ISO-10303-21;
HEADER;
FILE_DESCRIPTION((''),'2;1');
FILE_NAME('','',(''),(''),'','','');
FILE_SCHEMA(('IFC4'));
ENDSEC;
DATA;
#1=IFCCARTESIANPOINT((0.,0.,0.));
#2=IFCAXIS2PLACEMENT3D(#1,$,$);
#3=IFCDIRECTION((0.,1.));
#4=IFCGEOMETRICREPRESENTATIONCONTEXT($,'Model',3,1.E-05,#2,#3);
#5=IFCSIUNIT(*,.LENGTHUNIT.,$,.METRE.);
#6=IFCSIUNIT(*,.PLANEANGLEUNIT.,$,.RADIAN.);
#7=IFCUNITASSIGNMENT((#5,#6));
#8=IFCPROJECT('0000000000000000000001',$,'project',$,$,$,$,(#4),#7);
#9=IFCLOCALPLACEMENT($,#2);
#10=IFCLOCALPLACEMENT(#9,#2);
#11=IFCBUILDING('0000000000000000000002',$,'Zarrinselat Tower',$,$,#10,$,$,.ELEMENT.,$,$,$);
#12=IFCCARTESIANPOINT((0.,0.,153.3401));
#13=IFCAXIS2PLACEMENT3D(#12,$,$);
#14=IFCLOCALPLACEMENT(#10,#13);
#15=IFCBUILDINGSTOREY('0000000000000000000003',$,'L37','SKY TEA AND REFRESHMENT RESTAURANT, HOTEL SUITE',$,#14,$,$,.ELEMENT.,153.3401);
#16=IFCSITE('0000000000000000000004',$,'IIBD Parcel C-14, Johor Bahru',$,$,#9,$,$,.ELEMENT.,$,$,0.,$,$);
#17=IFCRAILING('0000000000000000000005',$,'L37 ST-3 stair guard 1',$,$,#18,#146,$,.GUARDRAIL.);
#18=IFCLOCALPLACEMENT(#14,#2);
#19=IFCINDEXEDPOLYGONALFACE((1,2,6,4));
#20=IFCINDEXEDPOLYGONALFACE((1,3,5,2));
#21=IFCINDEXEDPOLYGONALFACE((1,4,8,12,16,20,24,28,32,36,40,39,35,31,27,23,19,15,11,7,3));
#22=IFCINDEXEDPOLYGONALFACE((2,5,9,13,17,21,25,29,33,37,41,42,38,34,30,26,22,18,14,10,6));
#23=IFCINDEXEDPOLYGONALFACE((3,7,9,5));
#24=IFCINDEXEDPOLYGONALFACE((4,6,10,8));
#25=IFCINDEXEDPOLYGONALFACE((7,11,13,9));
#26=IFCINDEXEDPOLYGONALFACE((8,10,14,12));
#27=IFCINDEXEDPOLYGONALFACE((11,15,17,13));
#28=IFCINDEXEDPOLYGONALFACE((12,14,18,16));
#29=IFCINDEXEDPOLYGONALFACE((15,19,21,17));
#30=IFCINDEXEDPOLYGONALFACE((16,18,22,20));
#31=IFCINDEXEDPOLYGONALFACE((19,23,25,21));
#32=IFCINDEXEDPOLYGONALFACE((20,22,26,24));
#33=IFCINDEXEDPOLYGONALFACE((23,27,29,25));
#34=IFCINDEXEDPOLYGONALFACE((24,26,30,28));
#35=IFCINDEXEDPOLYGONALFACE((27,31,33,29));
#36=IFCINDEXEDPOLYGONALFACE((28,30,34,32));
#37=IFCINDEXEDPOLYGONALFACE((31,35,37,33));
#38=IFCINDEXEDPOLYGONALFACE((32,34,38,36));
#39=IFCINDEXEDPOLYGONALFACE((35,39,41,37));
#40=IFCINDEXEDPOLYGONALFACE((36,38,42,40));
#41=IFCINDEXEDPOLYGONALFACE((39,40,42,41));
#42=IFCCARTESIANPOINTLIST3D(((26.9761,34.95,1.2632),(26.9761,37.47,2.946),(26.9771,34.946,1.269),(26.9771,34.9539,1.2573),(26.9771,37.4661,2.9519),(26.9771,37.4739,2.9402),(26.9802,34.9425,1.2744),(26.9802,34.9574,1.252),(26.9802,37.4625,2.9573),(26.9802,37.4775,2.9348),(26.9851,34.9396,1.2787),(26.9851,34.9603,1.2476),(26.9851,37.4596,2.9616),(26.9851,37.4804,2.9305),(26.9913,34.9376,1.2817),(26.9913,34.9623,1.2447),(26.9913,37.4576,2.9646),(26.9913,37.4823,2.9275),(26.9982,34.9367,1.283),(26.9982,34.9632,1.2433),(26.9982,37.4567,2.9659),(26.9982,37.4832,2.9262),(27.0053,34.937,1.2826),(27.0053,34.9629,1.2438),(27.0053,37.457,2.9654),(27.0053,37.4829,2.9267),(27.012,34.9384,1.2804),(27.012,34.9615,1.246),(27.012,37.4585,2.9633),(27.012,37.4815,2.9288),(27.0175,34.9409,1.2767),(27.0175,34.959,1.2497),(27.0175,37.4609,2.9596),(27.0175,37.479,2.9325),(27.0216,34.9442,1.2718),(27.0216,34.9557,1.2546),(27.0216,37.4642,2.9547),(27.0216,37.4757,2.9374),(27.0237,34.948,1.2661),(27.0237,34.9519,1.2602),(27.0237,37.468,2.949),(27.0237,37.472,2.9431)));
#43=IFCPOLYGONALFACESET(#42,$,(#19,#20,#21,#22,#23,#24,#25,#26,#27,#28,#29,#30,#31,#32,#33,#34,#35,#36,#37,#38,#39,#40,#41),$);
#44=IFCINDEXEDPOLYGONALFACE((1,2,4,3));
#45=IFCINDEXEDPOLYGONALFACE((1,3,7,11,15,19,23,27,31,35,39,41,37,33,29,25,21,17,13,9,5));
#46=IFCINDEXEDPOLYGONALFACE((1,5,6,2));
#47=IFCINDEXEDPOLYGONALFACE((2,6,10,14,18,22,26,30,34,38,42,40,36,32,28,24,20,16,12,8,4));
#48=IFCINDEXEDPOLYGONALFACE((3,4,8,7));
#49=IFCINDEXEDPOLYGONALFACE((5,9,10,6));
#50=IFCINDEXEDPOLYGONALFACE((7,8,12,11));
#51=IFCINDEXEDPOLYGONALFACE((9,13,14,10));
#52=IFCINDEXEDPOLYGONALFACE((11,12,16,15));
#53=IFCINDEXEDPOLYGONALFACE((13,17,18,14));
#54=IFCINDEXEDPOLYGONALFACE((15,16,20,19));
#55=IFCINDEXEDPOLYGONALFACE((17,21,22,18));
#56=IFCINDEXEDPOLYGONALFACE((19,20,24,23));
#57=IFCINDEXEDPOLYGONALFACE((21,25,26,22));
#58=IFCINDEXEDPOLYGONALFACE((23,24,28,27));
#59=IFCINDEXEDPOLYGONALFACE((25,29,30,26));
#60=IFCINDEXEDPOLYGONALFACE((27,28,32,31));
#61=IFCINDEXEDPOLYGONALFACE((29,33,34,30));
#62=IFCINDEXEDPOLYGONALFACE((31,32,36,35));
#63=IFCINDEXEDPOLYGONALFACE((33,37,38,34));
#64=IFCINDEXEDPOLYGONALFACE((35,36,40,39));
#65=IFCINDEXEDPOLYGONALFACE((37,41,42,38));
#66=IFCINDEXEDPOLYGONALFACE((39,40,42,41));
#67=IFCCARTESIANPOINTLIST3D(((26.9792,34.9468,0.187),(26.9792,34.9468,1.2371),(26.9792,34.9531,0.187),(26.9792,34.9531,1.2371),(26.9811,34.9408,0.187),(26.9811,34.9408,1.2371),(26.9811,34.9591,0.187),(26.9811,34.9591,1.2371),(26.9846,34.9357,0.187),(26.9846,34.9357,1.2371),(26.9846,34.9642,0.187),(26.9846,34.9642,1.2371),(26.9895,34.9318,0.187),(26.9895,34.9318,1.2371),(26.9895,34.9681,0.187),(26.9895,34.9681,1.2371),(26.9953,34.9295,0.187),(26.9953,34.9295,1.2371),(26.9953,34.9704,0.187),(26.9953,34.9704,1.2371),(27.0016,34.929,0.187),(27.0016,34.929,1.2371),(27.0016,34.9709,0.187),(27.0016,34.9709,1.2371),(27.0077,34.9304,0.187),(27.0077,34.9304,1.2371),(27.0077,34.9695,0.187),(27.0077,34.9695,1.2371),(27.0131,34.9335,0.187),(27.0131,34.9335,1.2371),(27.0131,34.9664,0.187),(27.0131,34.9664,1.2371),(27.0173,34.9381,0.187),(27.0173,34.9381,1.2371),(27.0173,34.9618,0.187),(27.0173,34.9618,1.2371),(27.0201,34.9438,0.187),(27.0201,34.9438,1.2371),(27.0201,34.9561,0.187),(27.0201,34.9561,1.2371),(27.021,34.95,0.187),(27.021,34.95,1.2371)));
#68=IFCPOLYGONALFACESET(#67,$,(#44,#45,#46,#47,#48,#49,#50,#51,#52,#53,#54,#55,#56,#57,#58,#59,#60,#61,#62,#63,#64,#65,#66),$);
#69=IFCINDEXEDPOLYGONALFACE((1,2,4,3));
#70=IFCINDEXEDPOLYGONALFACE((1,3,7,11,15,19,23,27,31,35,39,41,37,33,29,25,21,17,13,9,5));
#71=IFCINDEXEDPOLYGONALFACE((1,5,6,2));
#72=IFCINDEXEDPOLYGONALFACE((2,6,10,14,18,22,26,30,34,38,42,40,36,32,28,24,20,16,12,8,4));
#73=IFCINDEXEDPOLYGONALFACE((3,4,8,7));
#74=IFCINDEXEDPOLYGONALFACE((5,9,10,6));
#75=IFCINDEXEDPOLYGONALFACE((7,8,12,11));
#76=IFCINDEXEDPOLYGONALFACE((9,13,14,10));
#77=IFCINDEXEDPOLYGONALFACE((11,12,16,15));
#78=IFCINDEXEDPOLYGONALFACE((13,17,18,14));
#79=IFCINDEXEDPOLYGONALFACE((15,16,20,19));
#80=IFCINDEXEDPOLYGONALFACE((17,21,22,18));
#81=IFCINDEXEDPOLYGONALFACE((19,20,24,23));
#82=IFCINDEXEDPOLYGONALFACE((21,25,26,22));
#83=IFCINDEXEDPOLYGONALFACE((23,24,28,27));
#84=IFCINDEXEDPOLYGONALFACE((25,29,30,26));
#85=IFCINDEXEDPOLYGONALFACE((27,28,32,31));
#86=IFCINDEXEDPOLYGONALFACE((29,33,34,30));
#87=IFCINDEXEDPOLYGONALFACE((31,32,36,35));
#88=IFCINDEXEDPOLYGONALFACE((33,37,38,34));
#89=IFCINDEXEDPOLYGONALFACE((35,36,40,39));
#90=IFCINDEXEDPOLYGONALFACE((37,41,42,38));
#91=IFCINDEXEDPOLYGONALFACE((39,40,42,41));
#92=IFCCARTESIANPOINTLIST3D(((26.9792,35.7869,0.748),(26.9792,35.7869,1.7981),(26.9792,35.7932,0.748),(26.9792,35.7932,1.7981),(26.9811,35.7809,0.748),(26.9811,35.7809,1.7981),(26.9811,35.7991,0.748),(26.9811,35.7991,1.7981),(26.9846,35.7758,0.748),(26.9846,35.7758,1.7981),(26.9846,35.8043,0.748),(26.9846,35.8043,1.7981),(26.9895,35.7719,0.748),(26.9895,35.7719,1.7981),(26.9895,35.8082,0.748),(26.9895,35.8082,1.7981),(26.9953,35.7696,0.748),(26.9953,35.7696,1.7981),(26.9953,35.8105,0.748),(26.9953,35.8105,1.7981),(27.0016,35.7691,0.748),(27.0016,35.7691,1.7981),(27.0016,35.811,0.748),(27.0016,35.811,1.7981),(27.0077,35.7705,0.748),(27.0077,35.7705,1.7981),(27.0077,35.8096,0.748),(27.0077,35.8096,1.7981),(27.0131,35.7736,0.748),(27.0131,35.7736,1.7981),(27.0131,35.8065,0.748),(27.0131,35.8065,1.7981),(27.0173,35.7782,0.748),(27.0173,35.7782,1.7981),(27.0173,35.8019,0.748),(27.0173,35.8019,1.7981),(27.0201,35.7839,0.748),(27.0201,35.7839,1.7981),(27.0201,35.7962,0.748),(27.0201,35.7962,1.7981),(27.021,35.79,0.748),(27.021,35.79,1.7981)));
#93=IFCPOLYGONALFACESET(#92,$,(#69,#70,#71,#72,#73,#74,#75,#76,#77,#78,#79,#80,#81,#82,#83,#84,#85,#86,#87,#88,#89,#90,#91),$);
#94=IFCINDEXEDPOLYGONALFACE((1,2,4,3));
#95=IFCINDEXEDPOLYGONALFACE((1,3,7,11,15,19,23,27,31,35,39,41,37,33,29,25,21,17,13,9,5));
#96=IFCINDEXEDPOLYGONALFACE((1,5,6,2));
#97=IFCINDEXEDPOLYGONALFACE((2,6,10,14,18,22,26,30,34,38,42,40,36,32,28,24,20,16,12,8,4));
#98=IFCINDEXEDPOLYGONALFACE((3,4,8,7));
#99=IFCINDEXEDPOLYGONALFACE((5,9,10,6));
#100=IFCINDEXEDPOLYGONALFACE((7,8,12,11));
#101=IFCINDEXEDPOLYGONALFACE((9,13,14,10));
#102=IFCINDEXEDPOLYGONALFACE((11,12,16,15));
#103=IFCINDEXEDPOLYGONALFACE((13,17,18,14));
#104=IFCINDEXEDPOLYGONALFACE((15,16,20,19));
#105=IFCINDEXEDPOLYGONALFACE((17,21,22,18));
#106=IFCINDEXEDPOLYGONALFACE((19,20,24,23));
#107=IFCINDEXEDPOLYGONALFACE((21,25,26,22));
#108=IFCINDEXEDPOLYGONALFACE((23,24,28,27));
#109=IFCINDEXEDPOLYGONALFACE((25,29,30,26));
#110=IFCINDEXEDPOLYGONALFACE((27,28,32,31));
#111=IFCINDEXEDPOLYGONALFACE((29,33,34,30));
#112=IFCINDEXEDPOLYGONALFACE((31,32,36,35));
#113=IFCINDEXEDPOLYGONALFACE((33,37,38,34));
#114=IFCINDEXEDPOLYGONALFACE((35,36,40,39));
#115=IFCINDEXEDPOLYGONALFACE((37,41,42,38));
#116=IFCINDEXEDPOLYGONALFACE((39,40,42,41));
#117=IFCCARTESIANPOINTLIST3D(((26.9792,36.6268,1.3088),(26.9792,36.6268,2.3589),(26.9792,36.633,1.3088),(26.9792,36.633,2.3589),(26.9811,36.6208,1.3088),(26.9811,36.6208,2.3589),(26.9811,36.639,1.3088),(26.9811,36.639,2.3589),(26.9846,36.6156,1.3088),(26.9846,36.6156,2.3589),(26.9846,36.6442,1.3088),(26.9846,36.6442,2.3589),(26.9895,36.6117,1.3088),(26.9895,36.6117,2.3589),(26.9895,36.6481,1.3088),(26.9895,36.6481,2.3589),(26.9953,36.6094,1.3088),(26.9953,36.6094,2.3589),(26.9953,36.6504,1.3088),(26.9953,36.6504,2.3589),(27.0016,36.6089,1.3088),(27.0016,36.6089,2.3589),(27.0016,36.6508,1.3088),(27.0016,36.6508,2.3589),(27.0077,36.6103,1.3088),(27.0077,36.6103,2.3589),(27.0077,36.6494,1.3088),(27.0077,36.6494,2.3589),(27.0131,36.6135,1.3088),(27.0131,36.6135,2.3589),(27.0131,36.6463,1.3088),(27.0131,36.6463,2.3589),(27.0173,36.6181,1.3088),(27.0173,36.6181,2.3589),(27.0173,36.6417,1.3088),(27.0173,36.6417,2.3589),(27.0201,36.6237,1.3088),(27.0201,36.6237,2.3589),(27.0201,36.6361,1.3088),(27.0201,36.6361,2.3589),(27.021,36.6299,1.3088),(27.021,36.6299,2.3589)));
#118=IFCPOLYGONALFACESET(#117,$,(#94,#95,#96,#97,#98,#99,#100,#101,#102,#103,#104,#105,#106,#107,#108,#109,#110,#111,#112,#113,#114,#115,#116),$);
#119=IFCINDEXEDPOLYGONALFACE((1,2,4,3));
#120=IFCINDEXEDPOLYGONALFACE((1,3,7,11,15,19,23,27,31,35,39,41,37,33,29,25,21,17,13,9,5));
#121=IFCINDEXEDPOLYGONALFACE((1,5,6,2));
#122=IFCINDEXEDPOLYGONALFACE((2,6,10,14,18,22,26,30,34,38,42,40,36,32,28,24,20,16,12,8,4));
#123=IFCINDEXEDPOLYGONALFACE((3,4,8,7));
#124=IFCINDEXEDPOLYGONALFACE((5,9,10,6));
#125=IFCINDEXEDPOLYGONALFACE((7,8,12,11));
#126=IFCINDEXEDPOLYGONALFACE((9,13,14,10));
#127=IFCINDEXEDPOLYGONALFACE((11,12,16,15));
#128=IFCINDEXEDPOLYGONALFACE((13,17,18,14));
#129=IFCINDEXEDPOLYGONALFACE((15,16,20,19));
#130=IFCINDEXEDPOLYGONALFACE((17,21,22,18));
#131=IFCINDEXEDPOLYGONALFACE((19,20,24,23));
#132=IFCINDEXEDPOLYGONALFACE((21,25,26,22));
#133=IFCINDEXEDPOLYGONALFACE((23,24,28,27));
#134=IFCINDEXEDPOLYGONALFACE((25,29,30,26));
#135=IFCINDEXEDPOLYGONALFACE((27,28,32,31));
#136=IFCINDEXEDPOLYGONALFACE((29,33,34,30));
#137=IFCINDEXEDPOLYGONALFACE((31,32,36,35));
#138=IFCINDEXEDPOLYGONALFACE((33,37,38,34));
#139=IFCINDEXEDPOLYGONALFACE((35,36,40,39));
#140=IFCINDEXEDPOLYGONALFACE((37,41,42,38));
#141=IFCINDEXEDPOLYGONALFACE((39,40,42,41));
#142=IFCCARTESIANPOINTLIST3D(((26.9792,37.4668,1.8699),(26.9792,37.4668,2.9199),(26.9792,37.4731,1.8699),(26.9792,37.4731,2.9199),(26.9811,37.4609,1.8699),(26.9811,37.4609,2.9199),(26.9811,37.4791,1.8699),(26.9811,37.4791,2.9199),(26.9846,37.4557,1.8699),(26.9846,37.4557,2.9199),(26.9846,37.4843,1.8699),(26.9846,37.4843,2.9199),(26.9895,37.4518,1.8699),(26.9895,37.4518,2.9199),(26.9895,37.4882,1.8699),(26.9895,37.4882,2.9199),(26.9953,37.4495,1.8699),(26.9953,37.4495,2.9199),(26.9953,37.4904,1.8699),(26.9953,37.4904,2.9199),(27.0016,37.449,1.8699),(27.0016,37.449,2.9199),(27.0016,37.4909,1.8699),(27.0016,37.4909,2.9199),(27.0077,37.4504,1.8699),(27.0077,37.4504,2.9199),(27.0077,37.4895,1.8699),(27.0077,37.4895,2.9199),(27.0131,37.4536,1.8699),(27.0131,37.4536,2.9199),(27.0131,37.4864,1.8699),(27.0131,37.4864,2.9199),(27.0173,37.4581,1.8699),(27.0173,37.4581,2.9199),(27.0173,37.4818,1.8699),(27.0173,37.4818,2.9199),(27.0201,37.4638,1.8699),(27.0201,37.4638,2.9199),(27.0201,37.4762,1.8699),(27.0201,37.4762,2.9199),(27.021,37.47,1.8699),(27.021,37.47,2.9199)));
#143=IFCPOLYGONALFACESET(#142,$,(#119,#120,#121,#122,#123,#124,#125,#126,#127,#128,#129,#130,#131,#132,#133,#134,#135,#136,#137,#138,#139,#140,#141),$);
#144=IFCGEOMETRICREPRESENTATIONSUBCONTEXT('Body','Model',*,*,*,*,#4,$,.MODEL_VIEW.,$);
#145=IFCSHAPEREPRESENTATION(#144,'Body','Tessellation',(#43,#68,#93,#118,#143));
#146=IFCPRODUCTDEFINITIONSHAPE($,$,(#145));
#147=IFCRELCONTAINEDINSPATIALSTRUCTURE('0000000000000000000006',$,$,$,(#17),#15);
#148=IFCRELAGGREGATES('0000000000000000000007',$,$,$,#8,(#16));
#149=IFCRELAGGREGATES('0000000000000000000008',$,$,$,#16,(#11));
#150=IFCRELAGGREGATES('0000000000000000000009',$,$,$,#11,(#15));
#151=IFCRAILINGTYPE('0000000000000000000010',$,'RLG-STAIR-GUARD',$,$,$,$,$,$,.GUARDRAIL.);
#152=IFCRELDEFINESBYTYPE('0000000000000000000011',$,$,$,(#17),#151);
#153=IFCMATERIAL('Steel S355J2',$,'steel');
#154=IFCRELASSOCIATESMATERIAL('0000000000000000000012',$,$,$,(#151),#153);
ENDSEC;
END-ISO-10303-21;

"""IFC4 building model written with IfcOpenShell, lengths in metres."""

from ifc_helpers import new_model, si_unit, direction, frame, origin, origin_2d, place, context, subcontext, project, spatial, circle, extrude, material, type_object, element, save


model = new_model("IFC4")

# Units and contexts
model_context = context("Model", 3, precision=1e-05, world=origin(), true_north=direction((0.0, 1.0)))
body_context = subcontext(model_context, "Body", "Model", "MODEL_VIEW")
ifc_project = project(units=[si_unit("LENGTHUNIT", "METRE"), si_unit("PLANEANGLEUNIT", "RADIAN")], contexts=[model_context])

# Site, building, storey
site_placement = place(None, origin())
site = spatial("IfcSite", under=ifc_project, at=site_placement, Name="IIBD Parcel C-14, Johor Bahru", CompositionType="ELEMENT", RefElevation=0.0)
building_placement = place(site_placement, origin())
building = spatial("IfcBuilding", under=site, at=building_placement, Name="Zarrinselat Tower", CompositionType="ELEMENT")
storey_placement = place(building_placement, frame((0.0, 0.0, 153.3401)))
storey = spatial("IfcBuildingStorey", under=building, at=storey_placement, Name="L37", Description="SKY TEA AND REFRESHMENT RESTAURANT, HOTEL SUITE", CompositionType="ELEMENT", Elevation=153.3401)

# Railing
ifc_material_1 = material(Name="Steel S355J2", Category="steel")
railing_type = type_object("IfcRailingType", Name="RLG-STAIR-GUARD", PredefinedType="GUARDRAIL", material=ifc_material_1)
railing_1_placement = place(storey_placement, frame((27.0, 34.95, 0.187)))
element("IfcRailing", 1, at=railing_1_placement, inside=storey, type_object=railing_type, Name="L37 ST-3 stair guard 1", PredefinedType="GUARDRAIL", context=body_context, shape_type="SweptSolid", body=[
    extrude(circle(Radius=0.0239, at=origin_2d()), frame((0.0, 0.0, 1.0762), z_axis=(0.0, 0.831616, 0.555351), x_axis=(-1.0, 0.0, 0.0)), (0.0, 0.0, 1.0), 3.0303),
    extrude(circle(Radius=0.021, at=origin_2d()), origin(), (0.0, 0.0, 1.0), 1.05),
    extrude(circle(Radius=0.021, at=origin_2d()), frame((0.0, 0.8401, 0.561)), (0.0, 0.0, 1.0), 1.05),
    extrude(circle(Radius=0.021, at=origin_2d()), frame((0.0, 1.6799, 1.1218)), (0.0, 0.0, 1.0), 1.05),
    extrude(circle(Radius=0.021, at=origin_2d()), frame((0.0, 2.52, 1.6829)), (0.0, 0.0, 1.0), 1.05),
])

save(model, "model.ifc")
